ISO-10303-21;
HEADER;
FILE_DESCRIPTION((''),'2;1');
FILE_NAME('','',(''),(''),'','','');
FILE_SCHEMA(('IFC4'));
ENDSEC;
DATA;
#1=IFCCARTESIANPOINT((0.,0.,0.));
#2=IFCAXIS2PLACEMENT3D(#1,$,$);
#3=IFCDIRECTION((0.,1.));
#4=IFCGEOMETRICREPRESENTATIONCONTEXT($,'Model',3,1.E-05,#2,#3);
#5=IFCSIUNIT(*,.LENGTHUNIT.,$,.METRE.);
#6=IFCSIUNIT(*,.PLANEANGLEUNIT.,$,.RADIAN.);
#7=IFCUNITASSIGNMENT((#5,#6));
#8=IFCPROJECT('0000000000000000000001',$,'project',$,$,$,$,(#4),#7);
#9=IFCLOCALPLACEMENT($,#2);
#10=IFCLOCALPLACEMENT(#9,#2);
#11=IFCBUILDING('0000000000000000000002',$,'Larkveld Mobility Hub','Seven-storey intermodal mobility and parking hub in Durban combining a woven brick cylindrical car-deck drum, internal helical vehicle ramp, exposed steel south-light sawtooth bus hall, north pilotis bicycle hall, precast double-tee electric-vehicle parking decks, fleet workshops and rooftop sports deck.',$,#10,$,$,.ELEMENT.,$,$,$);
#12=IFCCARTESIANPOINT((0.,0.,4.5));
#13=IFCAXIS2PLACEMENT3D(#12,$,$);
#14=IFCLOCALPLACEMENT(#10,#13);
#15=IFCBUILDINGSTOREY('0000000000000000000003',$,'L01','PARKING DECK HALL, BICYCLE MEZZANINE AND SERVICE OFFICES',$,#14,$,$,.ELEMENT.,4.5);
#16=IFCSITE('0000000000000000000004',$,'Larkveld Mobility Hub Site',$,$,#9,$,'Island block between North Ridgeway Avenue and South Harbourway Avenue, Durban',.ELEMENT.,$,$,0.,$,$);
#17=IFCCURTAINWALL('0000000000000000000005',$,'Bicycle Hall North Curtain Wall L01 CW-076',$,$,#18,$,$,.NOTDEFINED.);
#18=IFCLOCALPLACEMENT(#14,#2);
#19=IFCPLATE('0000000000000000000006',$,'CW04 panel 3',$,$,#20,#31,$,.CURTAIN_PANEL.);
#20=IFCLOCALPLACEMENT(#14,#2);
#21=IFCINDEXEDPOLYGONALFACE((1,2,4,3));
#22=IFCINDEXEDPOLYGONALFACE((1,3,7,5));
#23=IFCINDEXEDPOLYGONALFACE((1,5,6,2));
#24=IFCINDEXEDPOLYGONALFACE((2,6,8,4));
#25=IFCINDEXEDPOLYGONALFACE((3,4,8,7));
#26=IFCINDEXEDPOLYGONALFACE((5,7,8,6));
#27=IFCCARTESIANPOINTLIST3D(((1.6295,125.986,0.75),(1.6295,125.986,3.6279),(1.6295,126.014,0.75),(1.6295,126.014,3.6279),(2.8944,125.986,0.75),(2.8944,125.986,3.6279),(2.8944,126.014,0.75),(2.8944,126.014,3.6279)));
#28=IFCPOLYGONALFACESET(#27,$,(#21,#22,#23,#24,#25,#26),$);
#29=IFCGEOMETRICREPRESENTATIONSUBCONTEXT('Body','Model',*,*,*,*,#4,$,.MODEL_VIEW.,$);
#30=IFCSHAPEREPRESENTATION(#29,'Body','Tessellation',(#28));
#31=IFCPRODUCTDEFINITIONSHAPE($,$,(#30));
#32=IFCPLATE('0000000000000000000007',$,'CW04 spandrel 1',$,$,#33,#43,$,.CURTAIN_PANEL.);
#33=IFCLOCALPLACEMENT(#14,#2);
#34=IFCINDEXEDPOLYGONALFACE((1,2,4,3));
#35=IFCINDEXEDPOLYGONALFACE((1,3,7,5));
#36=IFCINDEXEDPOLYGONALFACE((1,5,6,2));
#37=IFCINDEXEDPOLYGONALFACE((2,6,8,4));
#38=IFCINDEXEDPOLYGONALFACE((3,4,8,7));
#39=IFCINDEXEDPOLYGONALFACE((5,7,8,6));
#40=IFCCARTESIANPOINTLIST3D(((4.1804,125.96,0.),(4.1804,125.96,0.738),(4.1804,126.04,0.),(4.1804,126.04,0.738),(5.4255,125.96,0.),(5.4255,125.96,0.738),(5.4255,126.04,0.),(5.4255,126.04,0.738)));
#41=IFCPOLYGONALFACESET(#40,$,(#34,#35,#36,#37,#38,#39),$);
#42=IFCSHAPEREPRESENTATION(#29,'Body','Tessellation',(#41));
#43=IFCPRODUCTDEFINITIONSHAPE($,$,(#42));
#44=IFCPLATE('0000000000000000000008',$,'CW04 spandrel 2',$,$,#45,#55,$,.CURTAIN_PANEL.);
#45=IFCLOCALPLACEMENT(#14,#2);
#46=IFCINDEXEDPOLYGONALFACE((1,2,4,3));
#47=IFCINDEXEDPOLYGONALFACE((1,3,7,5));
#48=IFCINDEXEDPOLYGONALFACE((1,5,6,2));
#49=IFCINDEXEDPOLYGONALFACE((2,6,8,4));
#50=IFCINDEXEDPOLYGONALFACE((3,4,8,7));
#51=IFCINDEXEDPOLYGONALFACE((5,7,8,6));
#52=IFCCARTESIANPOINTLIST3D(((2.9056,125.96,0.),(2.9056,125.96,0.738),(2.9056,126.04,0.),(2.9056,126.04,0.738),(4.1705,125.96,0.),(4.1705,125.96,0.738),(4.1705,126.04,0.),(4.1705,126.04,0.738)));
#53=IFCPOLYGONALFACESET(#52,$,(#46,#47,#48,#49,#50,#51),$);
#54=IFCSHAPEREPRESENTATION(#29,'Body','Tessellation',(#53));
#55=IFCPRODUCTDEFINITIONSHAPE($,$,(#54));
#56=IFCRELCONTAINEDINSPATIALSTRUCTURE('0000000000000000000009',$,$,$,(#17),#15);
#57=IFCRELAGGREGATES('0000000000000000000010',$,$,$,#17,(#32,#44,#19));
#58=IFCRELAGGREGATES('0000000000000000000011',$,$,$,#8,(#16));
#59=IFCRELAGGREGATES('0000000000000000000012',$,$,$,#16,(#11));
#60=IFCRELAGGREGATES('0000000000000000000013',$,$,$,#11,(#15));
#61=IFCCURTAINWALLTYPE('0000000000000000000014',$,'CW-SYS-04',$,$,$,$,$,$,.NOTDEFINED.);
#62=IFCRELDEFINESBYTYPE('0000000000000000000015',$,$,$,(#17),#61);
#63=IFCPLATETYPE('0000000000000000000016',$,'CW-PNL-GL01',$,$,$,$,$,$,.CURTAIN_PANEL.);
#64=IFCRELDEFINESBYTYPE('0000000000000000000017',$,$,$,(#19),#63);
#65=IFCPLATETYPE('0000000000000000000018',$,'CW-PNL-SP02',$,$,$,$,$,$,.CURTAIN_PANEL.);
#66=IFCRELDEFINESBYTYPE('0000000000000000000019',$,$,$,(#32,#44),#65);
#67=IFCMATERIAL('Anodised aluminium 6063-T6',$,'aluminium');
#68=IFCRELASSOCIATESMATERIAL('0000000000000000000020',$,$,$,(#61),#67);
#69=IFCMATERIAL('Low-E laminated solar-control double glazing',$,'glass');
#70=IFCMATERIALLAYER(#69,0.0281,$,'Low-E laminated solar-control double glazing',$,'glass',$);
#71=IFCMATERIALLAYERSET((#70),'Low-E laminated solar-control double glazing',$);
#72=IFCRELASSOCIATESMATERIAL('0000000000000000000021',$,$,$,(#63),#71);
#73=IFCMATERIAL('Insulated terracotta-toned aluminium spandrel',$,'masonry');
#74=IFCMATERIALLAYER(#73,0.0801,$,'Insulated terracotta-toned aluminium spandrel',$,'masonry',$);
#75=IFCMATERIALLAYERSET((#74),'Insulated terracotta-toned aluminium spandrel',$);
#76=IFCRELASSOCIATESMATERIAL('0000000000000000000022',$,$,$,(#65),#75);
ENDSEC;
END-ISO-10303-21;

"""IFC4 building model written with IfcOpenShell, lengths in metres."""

from ifc_helpers import new_model, si_unit, direction, frame, origin, origin_2d, place, context, subcontext, project, spatial, rectangle, extrude, material, layer, layer_set, type_object, element, aggregate, save


model = new_model("IFC4")

# Units and contexts
model_context = context("Model", 3, precision=1e-05, world=origin(), true_north=direction((0.0, 1.0)))
body_context = subcontext(model_context, "Body", "Model", "MODEL_VIEW")
ifc_project = project(units=[si_unit("LENGTHUNIT", "METRE"), si_unit("PLANEANGLEUNIT", "RADIAN")], contexts=[model_context])

# Site, building, storey
site_placement = place(None, origin())
site = spatial("IfcSite", under=ifc_project, at=site_placement, Name="Larkveld Mobility Hub Site", LongName="Island block between North Ridgeway Avenue and South Harbourway Avenue, Durban", CompositionType="ELEMENT", RefElevation=0.0)
building_placement = place(site_placement, origin())
building = spatial("IfcBuilding", under=site, at=building_placement, Name="Larkveld Mobility Hub", Description="Seven-storey intermodal mobility and parking hub in Durban combining a woven brick cylindrical car-deck drum, internal helical vehicle ramp, exposed steel south-light sawtooth bus hall, north pilotis bicycle hall, precast double-tee electric-vehicle parking decks, fleet workshops and rooftop sports deck.", CompositionType="ELEMENT")
storey_placement = place(building_placement, frame((0.0, 0.0, 4.5)))
storey = spatial("IfcBuildingStorey", under=building, at=storey_placement, Name="L01", Description="PARKING DECK HALL, BICYCLE MEZZANINE AND SERVICE OFFICES", CompositionType="ELEMENT", Elevation=4.5)

# Curtain wall, plates
ifc_material_1 = material(Name="Anodised aluminium 6063-T6", Category="aluminium")
curtain_wall_type = type_object("IfcCurtainWallType", Name="CW-SYS-04", PredefinedType="NOTDEFINED", material=ifc_material_1)
curtain_wall_placement = place(storey_placement, origin())
curtain_wall = element("IfcCurtainWall", 1, at=curtain_wall_placement, inside=storey, type_object=curtain_wall_type, Name="Bicycle Hall North Curtain Wall L01 CW-076", PredefinedType="NOTDEFINED")
ifc_material_2 = material(Name="Low-E laminated solar-control double glazing", Category="glass")
ifc_layer_1 = layer(ifc_material_2, 0.0281, Name="Low-E laminated solar-control double glazing", Category="glass")
ifc_layer_set_1 = layer_set([ifc_layer_1], Name="Low-E laminated solar-control double glazing")
plate_type_1 = type_object("IfcPlateType", Name="CW-PNL-GL01", PredefinedType="CURTAIN_PANEL", material=ifc_layer_set_1)
plate_1_placement = place(storey_placement, frame((2.262, 126.0, 0.75), z_axis=(0.0, 0.0, 1.0), x_axis=(-1.0, 0.0, 0.0)))
plate_1 = element("IfcPlate", 2, at=plate_1_placement, type_object=plate_type_1, Name="CW04 panel 3", PredefinedType="CURTAIN_PANEL", context=body_context, shape_type="SweptSolid", body=[
    extrude(rectangle(XDim=1.2649, YDim=0.0281, at=origin_2d()), origin(), (0.0, 0.0, 1.0), 2.8779),
])
ifc_material_3 = material(Name="Insulated terracotta-toned aluminium spandrel", Category="masonry")
ifc_layer_2 = layer(ifc_material_3, 0.0801, Name="Insulated terracotta-toned aluminium spandrel", Category="masonry")
ifc_layer_set_2 = layer_set([ifc_layer_2], Name="Insulated terracotta-toned aluminium spandrel")
plate_type_2 = type_object("IfcPlateType", Name="CW-PNL-SP02", PredefinedType="CURTAIN_PANEL", material=ifc_layer_set_2)
plate_2_placement = place(storey_placement, frame((4.803, 126.0, 0.0), z_axis=(0.0, 0.0, 1.0), x_axis=(-1.0, 0.0, 0.0)))
plate_2 = element("IfcPlate", 3, at=plate_2_placement, type_object=plate_type_2, Name="CW04 spandrel 1", PredefinedType="CURTAIN_PANEL", context=body_context, shape_type="SweptSolid", body=[
    extrude(rectangle(XDim=1.2451, YDim=0.0801, at=origin_2d()), origin(), (0.0, 0.0, 1.0), 0.738),
])
plate_3_placement = place(storey_placement, frame((3.5381, 126.0, 0.0), z_axis=(0.0, 0.0, 1.0), x_axis=(-1.0, 0.0, 0.0)))
plate_3 = element("IfcPlate", 4, at=plate_3_placement, type_object=plate_type_2, Name="CW04 spandrel 2", PredefinedType="CURTAIN_PANEL", context=body_context, shape_type="SweptSolid", body=[
    extrude(rectangle(XDim=1.2649, YDim=0.0801, at=origin_2d()), origin(), (0.0, 0.0, 1.0), 0.738),
])
aggregate(curtain_wall, [plate_2, plate_3, plate_1])

save(model, "model.ifc")
